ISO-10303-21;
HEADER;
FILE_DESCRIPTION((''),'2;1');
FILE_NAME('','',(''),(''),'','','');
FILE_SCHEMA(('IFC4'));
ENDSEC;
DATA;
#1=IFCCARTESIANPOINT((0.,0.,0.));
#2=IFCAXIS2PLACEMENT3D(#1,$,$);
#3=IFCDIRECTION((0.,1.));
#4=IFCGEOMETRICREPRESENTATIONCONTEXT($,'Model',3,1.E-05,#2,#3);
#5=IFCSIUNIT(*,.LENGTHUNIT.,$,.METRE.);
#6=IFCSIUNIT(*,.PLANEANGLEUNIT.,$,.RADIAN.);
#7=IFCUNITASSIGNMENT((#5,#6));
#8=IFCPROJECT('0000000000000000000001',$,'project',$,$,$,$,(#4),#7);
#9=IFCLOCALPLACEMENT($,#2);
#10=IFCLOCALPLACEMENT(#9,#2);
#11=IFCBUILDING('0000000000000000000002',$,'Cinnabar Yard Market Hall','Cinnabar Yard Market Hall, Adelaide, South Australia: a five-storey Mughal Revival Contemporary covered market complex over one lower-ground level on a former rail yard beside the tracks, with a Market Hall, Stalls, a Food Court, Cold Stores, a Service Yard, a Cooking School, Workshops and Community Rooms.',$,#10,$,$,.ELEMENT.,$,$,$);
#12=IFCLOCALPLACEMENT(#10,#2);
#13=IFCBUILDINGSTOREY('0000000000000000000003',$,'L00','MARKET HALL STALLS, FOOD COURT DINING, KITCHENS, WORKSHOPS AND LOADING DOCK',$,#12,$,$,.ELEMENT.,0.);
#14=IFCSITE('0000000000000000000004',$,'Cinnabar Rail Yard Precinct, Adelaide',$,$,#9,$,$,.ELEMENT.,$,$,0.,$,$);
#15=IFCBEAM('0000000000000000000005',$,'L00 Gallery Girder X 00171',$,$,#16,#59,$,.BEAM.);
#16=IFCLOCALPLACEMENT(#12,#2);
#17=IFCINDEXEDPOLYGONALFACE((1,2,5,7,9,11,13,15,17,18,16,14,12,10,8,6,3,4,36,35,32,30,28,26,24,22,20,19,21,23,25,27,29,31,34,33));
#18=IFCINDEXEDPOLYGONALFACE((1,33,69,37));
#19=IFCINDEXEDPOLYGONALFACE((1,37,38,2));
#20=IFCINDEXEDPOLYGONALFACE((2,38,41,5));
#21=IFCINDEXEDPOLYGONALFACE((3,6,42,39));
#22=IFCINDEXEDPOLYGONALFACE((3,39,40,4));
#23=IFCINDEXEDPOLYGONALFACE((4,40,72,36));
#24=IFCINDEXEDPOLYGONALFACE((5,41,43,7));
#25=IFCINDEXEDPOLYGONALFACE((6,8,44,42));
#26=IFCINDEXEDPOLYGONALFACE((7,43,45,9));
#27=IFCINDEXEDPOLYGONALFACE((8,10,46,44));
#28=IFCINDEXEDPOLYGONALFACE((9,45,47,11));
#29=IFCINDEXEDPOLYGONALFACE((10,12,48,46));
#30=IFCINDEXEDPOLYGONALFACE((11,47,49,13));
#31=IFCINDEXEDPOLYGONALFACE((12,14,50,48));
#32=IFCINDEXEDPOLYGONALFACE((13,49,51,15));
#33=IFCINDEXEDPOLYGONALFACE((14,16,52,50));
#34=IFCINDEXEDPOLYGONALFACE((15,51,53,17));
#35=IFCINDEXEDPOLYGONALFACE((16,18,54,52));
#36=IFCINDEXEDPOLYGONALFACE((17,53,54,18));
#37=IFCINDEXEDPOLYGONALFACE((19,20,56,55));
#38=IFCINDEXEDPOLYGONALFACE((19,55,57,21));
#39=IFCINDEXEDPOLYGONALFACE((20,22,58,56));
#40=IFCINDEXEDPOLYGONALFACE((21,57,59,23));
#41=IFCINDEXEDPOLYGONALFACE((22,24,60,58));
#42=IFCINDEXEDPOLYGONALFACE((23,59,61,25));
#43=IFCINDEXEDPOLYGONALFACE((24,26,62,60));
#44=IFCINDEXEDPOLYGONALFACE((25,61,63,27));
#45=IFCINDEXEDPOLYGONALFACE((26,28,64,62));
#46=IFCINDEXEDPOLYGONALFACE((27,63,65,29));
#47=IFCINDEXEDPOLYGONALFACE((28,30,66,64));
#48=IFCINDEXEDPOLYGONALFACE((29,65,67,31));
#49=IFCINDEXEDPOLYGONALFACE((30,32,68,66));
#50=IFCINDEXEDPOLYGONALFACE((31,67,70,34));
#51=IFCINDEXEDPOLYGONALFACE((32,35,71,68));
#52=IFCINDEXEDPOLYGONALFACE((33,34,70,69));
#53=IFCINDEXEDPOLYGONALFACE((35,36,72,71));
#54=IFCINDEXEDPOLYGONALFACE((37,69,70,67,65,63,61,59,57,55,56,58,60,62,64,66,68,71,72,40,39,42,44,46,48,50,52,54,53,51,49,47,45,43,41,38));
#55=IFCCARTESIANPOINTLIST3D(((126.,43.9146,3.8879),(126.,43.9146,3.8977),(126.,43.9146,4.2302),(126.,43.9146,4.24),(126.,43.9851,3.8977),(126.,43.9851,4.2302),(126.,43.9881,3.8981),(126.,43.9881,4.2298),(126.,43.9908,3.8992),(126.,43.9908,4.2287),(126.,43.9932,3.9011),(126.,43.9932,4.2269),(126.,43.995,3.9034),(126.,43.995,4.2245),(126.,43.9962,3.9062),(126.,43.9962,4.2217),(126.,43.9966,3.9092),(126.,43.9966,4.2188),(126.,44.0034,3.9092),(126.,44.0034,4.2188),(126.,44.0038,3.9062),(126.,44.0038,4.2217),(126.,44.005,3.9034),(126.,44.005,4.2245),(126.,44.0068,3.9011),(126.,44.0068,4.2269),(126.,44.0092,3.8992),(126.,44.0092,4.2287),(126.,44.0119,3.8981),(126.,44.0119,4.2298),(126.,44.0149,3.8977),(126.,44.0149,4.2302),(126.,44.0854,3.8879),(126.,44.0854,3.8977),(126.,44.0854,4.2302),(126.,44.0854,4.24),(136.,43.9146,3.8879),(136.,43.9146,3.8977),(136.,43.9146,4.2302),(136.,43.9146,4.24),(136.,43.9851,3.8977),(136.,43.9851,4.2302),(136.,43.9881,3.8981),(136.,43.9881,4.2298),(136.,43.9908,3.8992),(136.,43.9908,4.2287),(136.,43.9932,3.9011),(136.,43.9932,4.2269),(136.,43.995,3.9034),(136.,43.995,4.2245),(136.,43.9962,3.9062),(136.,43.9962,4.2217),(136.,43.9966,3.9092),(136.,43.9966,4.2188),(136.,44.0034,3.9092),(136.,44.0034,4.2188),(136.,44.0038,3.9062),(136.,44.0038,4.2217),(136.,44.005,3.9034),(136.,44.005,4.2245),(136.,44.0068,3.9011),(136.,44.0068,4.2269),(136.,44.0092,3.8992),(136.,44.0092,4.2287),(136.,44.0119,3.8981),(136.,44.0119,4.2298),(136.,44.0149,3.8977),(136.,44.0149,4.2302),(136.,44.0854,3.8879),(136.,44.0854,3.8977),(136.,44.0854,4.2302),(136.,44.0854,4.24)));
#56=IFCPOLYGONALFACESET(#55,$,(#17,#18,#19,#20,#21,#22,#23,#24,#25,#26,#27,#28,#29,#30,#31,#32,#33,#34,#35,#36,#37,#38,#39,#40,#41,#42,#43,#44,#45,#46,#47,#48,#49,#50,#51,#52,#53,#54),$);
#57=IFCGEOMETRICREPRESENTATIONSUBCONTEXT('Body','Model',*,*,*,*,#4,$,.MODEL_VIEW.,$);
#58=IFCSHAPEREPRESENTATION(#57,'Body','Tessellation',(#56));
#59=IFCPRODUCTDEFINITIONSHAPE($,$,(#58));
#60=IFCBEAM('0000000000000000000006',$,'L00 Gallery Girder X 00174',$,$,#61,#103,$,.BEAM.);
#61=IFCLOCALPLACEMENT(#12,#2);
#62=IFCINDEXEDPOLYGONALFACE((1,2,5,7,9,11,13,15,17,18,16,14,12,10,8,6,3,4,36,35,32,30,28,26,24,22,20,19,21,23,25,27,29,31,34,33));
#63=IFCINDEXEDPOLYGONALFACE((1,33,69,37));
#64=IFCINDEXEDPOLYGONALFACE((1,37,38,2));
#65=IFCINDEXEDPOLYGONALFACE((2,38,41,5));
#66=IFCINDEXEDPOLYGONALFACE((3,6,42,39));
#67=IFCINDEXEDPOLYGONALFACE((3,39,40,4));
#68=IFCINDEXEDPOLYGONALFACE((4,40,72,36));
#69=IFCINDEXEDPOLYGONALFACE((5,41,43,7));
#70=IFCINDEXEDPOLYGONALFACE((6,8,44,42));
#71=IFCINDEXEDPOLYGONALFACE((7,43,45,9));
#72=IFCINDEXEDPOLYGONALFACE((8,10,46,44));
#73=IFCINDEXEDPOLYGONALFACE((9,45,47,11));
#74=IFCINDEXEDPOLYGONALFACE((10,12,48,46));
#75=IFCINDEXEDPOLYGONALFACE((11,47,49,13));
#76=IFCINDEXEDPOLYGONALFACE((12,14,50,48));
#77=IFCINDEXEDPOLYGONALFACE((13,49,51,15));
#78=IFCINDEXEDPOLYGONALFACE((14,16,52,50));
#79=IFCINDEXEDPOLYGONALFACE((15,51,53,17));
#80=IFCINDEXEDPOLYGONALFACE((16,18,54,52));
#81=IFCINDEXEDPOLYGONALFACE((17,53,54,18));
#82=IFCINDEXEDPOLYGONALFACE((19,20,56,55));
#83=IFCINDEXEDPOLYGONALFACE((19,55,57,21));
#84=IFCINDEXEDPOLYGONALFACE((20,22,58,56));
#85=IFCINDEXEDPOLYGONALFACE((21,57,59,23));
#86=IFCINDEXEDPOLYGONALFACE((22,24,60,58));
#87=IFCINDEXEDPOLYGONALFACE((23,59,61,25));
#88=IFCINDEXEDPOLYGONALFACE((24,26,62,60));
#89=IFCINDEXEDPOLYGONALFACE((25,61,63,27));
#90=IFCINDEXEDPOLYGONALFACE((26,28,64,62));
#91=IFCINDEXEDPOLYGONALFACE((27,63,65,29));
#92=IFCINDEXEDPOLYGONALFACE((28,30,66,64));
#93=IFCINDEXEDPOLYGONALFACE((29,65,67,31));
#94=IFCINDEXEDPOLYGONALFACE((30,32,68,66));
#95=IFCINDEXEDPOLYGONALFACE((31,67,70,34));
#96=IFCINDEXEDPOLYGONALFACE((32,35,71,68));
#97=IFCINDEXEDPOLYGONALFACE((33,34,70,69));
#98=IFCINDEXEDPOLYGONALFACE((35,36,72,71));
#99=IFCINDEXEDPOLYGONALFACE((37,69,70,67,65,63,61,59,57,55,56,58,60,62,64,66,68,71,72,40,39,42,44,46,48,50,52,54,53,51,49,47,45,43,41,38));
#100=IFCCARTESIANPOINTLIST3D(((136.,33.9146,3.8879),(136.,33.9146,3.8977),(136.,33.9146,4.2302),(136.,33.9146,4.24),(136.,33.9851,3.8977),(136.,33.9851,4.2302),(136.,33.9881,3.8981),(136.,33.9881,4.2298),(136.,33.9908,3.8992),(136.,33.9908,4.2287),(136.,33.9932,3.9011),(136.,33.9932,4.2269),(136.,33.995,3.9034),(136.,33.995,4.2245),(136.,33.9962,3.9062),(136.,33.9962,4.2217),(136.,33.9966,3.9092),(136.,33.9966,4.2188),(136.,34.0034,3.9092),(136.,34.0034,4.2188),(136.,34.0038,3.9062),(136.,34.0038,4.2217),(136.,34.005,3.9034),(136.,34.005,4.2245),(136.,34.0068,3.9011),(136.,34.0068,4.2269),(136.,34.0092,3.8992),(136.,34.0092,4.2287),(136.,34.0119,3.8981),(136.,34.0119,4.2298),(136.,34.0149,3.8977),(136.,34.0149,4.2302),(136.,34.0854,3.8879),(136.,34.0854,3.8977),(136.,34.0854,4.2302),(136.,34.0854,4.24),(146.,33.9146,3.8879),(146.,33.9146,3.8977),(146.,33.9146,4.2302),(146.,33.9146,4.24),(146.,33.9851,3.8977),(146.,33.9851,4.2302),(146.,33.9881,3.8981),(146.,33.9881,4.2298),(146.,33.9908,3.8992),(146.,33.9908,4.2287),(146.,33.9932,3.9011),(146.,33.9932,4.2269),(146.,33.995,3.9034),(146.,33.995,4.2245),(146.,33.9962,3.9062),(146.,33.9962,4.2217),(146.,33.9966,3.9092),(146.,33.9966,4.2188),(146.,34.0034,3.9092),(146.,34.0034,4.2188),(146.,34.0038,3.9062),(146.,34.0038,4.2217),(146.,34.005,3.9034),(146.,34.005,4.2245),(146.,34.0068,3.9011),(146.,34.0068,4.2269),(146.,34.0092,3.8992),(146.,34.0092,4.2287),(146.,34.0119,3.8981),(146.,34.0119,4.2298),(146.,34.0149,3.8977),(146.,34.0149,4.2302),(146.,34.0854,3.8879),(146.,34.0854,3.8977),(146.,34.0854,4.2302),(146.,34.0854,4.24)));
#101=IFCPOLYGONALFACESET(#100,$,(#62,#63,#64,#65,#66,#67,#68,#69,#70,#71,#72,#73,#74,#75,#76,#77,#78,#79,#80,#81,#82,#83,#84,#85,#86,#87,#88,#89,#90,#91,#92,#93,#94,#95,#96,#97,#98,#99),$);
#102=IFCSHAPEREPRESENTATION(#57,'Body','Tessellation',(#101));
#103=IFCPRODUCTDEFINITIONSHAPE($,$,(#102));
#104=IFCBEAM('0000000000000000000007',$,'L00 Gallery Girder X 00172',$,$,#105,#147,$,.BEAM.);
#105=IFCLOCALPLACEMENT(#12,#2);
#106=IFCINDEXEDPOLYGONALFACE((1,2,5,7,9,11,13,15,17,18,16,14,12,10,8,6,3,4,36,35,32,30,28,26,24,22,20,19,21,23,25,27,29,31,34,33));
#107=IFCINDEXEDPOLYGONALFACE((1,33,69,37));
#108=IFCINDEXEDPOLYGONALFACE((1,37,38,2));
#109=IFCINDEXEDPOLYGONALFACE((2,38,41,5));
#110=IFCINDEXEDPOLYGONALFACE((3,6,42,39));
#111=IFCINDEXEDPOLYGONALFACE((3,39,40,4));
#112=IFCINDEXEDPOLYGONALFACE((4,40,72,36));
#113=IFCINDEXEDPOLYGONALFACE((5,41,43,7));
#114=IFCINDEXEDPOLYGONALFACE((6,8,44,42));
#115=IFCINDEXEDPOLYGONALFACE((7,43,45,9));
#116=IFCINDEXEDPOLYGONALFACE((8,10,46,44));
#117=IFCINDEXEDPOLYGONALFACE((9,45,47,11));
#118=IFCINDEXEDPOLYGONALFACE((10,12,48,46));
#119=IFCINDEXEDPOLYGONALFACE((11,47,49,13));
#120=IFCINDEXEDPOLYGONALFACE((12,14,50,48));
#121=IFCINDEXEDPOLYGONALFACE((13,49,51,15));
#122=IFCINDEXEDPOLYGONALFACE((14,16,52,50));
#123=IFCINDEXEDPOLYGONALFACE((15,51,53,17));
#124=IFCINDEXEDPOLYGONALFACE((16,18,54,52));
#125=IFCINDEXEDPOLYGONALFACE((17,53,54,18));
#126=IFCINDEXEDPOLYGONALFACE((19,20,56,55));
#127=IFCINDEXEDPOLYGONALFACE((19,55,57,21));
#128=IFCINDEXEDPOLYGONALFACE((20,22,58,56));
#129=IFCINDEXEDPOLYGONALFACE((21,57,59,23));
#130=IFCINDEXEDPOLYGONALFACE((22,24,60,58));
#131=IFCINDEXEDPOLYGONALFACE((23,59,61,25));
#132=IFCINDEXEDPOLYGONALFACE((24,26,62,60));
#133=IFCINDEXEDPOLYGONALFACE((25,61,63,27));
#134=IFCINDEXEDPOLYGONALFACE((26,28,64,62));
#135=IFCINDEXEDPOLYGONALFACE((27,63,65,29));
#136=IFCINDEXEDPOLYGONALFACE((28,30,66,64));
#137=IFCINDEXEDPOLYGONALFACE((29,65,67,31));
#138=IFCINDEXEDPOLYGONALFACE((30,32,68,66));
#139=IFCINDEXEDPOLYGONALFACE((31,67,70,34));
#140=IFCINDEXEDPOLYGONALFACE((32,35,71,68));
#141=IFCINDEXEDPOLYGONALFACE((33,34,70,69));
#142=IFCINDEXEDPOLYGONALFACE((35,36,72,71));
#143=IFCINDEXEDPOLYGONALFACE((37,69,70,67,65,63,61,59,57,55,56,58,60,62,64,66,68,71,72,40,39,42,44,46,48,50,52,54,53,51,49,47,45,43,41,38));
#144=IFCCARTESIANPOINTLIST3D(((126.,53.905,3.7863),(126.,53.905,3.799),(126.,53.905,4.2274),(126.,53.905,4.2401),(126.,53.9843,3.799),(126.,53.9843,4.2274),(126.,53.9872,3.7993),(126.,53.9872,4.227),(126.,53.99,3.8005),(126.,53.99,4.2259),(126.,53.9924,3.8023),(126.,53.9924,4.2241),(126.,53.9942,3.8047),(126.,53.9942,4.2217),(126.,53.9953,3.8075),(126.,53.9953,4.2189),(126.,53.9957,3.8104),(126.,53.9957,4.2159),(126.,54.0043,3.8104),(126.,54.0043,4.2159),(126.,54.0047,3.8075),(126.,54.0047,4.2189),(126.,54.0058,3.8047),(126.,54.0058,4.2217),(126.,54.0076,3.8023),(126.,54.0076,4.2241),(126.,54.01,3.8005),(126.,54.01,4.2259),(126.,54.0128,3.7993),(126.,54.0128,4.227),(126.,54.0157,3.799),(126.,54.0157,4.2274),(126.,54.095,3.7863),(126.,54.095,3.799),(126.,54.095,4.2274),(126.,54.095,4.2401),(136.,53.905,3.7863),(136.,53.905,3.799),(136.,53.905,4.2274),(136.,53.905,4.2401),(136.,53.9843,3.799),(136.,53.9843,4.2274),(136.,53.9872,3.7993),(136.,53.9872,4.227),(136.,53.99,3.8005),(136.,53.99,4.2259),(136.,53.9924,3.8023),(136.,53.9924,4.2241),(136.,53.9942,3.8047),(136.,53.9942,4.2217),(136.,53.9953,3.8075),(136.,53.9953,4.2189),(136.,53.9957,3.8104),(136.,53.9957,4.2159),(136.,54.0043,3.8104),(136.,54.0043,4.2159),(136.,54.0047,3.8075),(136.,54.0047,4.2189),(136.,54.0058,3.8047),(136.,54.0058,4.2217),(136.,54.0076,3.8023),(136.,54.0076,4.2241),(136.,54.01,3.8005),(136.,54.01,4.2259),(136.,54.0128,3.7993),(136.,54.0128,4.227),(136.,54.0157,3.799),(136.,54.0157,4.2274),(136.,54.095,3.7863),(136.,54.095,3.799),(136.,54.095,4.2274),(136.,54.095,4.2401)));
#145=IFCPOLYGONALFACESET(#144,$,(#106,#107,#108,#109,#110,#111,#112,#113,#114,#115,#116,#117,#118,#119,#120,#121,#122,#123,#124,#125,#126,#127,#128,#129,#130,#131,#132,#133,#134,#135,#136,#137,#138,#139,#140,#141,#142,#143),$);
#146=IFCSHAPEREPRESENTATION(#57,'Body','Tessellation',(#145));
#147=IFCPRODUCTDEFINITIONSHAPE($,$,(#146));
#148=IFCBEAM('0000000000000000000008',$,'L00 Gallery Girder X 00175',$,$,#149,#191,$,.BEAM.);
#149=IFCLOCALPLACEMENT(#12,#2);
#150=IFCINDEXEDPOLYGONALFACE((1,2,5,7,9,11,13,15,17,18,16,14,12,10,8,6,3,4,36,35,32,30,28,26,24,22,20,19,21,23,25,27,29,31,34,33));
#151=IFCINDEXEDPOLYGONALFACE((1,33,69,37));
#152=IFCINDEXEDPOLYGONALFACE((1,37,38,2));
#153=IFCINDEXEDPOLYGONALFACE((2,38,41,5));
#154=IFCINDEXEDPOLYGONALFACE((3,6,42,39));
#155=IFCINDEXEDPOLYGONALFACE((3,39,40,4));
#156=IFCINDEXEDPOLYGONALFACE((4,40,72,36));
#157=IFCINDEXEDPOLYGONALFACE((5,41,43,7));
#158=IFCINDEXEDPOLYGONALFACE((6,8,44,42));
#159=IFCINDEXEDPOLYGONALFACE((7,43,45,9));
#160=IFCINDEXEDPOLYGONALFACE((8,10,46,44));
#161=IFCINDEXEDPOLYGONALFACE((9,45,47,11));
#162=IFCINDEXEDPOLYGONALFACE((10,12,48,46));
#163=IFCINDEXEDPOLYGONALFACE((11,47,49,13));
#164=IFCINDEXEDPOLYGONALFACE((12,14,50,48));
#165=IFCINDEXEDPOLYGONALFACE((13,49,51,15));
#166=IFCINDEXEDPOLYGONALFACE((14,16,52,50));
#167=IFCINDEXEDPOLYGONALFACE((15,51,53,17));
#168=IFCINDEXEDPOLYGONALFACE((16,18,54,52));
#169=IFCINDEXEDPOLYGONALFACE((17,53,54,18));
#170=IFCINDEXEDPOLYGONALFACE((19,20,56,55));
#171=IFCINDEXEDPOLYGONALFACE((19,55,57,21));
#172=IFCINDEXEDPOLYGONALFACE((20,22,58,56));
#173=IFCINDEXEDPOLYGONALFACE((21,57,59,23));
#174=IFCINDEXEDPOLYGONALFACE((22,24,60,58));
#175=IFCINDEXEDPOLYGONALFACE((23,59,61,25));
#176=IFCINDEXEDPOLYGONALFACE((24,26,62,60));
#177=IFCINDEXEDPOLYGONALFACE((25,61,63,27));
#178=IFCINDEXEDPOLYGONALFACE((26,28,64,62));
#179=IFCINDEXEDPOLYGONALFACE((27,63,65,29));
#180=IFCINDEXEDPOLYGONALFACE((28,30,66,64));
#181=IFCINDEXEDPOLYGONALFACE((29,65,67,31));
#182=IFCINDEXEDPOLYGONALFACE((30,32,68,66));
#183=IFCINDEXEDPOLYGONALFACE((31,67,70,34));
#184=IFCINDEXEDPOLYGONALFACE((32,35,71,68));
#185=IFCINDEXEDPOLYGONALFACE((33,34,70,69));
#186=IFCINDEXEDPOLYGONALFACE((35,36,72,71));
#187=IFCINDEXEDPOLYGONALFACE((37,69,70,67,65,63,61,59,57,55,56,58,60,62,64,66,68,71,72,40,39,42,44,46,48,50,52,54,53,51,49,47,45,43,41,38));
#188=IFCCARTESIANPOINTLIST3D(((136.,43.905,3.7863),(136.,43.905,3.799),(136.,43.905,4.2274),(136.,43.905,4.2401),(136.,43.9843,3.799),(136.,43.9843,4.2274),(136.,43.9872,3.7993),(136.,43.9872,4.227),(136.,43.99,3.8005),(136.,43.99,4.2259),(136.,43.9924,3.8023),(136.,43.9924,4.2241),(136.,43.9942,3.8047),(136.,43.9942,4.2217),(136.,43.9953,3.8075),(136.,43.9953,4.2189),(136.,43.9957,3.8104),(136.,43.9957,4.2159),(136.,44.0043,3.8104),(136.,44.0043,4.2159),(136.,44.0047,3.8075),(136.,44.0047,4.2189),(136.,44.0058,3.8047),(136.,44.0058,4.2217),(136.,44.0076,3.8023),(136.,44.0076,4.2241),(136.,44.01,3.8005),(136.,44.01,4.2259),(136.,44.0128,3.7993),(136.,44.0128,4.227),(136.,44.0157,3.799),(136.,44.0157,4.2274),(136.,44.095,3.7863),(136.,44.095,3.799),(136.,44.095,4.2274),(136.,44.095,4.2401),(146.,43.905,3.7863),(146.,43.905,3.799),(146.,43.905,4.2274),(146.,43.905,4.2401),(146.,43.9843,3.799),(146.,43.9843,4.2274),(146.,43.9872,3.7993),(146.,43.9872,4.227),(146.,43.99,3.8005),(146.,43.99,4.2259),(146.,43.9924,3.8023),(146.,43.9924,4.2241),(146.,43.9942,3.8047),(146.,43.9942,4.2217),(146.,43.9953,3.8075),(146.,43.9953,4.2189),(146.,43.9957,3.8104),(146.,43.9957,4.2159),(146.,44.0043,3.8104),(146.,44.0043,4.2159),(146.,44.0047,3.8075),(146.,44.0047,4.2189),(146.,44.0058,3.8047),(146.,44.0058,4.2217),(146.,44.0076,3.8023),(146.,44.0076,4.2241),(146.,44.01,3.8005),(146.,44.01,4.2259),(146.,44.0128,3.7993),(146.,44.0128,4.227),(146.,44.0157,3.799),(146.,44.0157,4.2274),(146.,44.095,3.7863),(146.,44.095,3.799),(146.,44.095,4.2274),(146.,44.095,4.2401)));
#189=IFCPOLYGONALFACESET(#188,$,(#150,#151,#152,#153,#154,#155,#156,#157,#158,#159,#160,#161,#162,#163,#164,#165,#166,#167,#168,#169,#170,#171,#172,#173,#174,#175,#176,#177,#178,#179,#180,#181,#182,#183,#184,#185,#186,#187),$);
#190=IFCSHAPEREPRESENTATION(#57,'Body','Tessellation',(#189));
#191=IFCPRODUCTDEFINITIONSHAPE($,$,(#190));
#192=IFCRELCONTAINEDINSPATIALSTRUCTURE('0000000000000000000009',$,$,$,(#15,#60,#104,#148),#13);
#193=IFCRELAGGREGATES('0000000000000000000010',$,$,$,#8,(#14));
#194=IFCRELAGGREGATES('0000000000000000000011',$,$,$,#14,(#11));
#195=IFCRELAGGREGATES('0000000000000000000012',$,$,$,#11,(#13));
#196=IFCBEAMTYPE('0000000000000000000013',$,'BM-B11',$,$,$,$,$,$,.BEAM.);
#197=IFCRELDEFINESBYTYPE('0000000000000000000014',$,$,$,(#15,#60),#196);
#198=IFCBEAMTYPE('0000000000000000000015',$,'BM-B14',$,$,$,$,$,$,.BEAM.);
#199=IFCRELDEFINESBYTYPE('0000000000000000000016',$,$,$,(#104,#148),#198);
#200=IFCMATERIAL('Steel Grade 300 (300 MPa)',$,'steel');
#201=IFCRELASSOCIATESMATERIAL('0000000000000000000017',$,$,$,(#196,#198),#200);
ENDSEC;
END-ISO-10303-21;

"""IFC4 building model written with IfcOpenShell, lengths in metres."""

from ifc_helpers import new_model, si_unit, direction, frame, origin, origin_2d_with_axis, place, context, subcontext, project, spatial, i_section, extrude, material, material_profile, profile_set, type_object, element, save


model = new_model("IFC4")

# Units and contexts
model_context = context("Model", 3, precision=1e-05, world=origin(), true_north=direction((0.0, 1.0)))
body_context = subcontext(model_context, "Body", "Model", "MODEL_VIEW")
ifc_project = project(units=[si_unit("LENGTHUNIT", "METRE"), si_unit("PLANEANGLEUNIT", "RADIAN")], contexts=[model_context])

# Site, building, storey
site_placement = place(None, origin())
site = spatial("IfcSite", under=ifc_project, at=site_placement, Name="Cinnabar Rail Yard Precinct, Adelaide", CompositionType="ELEMENT", RefElevation=0.0)
building_placement = place(site_placement, origin())
building = spatial("IfcBuilding", under=site, at=building_placement, Name="Cinnabar Yard Market Hall", Description="Cinnabar Yard Market Hall, Adelaide, South Australia: a five-storey Mughal Revival Contemporary covered market complex over one lower-ground level on a former rail yard beside the tracks, with a Market Hall, Stalls, a Food Court, Cold Stores, a Service Yard, a Cooking School, Workshops and Community Rooms.", CompositionType="ELEMENT")
storey_placement = place(building_placement, origin())
storey = spatial("IfcBuildingStorey", under=building, at=storey_placement, Name="L00", Description="MARKET HALL STALLS, FOOD COURT DINING, KITCHENS, WORKSHOPS AND LOADING DOCK", CompositionType="ELEMENT", Elevation=0.0)

# Beams
ifc_material_1 = material(Name="Steel Grade 300 (300 MPa)", Category="steel")
ifc_material_profile_1 = material_profile(ifc_material_1, i_section(OverallWidth=0.1709, OverallDepth=0.3521, WebThickness=0.0068, FlangeThickness=0.0098, FilletRadius=0.0115, at=origin_2d_with_axis()), Name="360UB44.7")
ifc_profile_set_1 = profile_set([ifc_material_profile_1], Name="Steel Grade 300 (300 MPa)")
beam_type_1 = type_object("IfcBeamType", Name="BM-B11", PredefinedType="BEAM", material=ifc_profile_set_1)
for number, where, z_axis, x_axis, name in (
    (1, (126.0, 44.0, 4.064), (1.0, 0.0, 0.0), (0.0, 1.0, 0.0), "L00 Gallery Girder X 00171"),
    (2, (136.0, 34.0, 4.064), (1.0, 0.0, 0.0), (0.0, 1.0, 0.0), "L00 Gallery Girder X 00174"),
):
    element("IfcBeam", number, at=place(storey_placement, frame(where, z_axis=z_axis, x_axis=x_axis)), inside=storey, type_object=beam_type_1, Name=name, PredefinedType="BEAM", context=body_context, shape_type="SweptSolid", body=[
        extrude(i_section(OverallWidth=0.1709, OverallDepth=0.3521, WebThickness=0.0068, FlangeThickness=0.0098, FilletRadius=0.0115, at=origin_2d_with_axis()), origin(), (0.0, 0.0, 1.0), 10.0),
    ])
ifc_material_profile_2 = material_profile(ifc_material_1, i_section(OverallWidth=0.1899, OverallDepth=0.4539, WebThickness=0.0085, FlangeThickness=0.0127, FilletRadius=0.0115, at=origin_2d_with_axis()), Name="460UB67.1")
ifc_profile_set_2 = profile_set([ifc_material_profile_2], Name="Steel Grade 300 (300 MPa)")
beam_type_2 = type_object("IfcBeamType", Name="BM-B14", PredefinedType="BEAM", material=ifc_profile_set_2)
for number, where, z_axis, x_axis, name in (
    (3, (126.0, 54.0, 4.0132), (1.0, 0.0, 0.0), (0.0, 1.0, 0.0), "L00 Gallery Girder X 00172"),
    (4, (136.0, 44.0, 4.0132), (1.0, 0.0, 0.0), (0.0, 1.0, 0.0), "L00 Gallery Girder X 00175"),
):
    element("IfcBeam", number, at=place(storey_placement, frame(where, z_axis=z_axis, x_axis=x_axis)), inside=storey, type_object=beam_type_2, Name=name, PredefinedType="BEAM", context=body_context, shape_type="SweptSolid", body=[
        extrude(i_section(OverallWidth=0.1899, OverallDepth=0.4539, WebThickness=0.0085, FlangeThickness=0.0127, FilletRadius=0.0115, at=origin_2d_with_axis()), origin(), (0.0, 0.0, 1.0), 10.0),
    ])

save(model, "model.ifc")
